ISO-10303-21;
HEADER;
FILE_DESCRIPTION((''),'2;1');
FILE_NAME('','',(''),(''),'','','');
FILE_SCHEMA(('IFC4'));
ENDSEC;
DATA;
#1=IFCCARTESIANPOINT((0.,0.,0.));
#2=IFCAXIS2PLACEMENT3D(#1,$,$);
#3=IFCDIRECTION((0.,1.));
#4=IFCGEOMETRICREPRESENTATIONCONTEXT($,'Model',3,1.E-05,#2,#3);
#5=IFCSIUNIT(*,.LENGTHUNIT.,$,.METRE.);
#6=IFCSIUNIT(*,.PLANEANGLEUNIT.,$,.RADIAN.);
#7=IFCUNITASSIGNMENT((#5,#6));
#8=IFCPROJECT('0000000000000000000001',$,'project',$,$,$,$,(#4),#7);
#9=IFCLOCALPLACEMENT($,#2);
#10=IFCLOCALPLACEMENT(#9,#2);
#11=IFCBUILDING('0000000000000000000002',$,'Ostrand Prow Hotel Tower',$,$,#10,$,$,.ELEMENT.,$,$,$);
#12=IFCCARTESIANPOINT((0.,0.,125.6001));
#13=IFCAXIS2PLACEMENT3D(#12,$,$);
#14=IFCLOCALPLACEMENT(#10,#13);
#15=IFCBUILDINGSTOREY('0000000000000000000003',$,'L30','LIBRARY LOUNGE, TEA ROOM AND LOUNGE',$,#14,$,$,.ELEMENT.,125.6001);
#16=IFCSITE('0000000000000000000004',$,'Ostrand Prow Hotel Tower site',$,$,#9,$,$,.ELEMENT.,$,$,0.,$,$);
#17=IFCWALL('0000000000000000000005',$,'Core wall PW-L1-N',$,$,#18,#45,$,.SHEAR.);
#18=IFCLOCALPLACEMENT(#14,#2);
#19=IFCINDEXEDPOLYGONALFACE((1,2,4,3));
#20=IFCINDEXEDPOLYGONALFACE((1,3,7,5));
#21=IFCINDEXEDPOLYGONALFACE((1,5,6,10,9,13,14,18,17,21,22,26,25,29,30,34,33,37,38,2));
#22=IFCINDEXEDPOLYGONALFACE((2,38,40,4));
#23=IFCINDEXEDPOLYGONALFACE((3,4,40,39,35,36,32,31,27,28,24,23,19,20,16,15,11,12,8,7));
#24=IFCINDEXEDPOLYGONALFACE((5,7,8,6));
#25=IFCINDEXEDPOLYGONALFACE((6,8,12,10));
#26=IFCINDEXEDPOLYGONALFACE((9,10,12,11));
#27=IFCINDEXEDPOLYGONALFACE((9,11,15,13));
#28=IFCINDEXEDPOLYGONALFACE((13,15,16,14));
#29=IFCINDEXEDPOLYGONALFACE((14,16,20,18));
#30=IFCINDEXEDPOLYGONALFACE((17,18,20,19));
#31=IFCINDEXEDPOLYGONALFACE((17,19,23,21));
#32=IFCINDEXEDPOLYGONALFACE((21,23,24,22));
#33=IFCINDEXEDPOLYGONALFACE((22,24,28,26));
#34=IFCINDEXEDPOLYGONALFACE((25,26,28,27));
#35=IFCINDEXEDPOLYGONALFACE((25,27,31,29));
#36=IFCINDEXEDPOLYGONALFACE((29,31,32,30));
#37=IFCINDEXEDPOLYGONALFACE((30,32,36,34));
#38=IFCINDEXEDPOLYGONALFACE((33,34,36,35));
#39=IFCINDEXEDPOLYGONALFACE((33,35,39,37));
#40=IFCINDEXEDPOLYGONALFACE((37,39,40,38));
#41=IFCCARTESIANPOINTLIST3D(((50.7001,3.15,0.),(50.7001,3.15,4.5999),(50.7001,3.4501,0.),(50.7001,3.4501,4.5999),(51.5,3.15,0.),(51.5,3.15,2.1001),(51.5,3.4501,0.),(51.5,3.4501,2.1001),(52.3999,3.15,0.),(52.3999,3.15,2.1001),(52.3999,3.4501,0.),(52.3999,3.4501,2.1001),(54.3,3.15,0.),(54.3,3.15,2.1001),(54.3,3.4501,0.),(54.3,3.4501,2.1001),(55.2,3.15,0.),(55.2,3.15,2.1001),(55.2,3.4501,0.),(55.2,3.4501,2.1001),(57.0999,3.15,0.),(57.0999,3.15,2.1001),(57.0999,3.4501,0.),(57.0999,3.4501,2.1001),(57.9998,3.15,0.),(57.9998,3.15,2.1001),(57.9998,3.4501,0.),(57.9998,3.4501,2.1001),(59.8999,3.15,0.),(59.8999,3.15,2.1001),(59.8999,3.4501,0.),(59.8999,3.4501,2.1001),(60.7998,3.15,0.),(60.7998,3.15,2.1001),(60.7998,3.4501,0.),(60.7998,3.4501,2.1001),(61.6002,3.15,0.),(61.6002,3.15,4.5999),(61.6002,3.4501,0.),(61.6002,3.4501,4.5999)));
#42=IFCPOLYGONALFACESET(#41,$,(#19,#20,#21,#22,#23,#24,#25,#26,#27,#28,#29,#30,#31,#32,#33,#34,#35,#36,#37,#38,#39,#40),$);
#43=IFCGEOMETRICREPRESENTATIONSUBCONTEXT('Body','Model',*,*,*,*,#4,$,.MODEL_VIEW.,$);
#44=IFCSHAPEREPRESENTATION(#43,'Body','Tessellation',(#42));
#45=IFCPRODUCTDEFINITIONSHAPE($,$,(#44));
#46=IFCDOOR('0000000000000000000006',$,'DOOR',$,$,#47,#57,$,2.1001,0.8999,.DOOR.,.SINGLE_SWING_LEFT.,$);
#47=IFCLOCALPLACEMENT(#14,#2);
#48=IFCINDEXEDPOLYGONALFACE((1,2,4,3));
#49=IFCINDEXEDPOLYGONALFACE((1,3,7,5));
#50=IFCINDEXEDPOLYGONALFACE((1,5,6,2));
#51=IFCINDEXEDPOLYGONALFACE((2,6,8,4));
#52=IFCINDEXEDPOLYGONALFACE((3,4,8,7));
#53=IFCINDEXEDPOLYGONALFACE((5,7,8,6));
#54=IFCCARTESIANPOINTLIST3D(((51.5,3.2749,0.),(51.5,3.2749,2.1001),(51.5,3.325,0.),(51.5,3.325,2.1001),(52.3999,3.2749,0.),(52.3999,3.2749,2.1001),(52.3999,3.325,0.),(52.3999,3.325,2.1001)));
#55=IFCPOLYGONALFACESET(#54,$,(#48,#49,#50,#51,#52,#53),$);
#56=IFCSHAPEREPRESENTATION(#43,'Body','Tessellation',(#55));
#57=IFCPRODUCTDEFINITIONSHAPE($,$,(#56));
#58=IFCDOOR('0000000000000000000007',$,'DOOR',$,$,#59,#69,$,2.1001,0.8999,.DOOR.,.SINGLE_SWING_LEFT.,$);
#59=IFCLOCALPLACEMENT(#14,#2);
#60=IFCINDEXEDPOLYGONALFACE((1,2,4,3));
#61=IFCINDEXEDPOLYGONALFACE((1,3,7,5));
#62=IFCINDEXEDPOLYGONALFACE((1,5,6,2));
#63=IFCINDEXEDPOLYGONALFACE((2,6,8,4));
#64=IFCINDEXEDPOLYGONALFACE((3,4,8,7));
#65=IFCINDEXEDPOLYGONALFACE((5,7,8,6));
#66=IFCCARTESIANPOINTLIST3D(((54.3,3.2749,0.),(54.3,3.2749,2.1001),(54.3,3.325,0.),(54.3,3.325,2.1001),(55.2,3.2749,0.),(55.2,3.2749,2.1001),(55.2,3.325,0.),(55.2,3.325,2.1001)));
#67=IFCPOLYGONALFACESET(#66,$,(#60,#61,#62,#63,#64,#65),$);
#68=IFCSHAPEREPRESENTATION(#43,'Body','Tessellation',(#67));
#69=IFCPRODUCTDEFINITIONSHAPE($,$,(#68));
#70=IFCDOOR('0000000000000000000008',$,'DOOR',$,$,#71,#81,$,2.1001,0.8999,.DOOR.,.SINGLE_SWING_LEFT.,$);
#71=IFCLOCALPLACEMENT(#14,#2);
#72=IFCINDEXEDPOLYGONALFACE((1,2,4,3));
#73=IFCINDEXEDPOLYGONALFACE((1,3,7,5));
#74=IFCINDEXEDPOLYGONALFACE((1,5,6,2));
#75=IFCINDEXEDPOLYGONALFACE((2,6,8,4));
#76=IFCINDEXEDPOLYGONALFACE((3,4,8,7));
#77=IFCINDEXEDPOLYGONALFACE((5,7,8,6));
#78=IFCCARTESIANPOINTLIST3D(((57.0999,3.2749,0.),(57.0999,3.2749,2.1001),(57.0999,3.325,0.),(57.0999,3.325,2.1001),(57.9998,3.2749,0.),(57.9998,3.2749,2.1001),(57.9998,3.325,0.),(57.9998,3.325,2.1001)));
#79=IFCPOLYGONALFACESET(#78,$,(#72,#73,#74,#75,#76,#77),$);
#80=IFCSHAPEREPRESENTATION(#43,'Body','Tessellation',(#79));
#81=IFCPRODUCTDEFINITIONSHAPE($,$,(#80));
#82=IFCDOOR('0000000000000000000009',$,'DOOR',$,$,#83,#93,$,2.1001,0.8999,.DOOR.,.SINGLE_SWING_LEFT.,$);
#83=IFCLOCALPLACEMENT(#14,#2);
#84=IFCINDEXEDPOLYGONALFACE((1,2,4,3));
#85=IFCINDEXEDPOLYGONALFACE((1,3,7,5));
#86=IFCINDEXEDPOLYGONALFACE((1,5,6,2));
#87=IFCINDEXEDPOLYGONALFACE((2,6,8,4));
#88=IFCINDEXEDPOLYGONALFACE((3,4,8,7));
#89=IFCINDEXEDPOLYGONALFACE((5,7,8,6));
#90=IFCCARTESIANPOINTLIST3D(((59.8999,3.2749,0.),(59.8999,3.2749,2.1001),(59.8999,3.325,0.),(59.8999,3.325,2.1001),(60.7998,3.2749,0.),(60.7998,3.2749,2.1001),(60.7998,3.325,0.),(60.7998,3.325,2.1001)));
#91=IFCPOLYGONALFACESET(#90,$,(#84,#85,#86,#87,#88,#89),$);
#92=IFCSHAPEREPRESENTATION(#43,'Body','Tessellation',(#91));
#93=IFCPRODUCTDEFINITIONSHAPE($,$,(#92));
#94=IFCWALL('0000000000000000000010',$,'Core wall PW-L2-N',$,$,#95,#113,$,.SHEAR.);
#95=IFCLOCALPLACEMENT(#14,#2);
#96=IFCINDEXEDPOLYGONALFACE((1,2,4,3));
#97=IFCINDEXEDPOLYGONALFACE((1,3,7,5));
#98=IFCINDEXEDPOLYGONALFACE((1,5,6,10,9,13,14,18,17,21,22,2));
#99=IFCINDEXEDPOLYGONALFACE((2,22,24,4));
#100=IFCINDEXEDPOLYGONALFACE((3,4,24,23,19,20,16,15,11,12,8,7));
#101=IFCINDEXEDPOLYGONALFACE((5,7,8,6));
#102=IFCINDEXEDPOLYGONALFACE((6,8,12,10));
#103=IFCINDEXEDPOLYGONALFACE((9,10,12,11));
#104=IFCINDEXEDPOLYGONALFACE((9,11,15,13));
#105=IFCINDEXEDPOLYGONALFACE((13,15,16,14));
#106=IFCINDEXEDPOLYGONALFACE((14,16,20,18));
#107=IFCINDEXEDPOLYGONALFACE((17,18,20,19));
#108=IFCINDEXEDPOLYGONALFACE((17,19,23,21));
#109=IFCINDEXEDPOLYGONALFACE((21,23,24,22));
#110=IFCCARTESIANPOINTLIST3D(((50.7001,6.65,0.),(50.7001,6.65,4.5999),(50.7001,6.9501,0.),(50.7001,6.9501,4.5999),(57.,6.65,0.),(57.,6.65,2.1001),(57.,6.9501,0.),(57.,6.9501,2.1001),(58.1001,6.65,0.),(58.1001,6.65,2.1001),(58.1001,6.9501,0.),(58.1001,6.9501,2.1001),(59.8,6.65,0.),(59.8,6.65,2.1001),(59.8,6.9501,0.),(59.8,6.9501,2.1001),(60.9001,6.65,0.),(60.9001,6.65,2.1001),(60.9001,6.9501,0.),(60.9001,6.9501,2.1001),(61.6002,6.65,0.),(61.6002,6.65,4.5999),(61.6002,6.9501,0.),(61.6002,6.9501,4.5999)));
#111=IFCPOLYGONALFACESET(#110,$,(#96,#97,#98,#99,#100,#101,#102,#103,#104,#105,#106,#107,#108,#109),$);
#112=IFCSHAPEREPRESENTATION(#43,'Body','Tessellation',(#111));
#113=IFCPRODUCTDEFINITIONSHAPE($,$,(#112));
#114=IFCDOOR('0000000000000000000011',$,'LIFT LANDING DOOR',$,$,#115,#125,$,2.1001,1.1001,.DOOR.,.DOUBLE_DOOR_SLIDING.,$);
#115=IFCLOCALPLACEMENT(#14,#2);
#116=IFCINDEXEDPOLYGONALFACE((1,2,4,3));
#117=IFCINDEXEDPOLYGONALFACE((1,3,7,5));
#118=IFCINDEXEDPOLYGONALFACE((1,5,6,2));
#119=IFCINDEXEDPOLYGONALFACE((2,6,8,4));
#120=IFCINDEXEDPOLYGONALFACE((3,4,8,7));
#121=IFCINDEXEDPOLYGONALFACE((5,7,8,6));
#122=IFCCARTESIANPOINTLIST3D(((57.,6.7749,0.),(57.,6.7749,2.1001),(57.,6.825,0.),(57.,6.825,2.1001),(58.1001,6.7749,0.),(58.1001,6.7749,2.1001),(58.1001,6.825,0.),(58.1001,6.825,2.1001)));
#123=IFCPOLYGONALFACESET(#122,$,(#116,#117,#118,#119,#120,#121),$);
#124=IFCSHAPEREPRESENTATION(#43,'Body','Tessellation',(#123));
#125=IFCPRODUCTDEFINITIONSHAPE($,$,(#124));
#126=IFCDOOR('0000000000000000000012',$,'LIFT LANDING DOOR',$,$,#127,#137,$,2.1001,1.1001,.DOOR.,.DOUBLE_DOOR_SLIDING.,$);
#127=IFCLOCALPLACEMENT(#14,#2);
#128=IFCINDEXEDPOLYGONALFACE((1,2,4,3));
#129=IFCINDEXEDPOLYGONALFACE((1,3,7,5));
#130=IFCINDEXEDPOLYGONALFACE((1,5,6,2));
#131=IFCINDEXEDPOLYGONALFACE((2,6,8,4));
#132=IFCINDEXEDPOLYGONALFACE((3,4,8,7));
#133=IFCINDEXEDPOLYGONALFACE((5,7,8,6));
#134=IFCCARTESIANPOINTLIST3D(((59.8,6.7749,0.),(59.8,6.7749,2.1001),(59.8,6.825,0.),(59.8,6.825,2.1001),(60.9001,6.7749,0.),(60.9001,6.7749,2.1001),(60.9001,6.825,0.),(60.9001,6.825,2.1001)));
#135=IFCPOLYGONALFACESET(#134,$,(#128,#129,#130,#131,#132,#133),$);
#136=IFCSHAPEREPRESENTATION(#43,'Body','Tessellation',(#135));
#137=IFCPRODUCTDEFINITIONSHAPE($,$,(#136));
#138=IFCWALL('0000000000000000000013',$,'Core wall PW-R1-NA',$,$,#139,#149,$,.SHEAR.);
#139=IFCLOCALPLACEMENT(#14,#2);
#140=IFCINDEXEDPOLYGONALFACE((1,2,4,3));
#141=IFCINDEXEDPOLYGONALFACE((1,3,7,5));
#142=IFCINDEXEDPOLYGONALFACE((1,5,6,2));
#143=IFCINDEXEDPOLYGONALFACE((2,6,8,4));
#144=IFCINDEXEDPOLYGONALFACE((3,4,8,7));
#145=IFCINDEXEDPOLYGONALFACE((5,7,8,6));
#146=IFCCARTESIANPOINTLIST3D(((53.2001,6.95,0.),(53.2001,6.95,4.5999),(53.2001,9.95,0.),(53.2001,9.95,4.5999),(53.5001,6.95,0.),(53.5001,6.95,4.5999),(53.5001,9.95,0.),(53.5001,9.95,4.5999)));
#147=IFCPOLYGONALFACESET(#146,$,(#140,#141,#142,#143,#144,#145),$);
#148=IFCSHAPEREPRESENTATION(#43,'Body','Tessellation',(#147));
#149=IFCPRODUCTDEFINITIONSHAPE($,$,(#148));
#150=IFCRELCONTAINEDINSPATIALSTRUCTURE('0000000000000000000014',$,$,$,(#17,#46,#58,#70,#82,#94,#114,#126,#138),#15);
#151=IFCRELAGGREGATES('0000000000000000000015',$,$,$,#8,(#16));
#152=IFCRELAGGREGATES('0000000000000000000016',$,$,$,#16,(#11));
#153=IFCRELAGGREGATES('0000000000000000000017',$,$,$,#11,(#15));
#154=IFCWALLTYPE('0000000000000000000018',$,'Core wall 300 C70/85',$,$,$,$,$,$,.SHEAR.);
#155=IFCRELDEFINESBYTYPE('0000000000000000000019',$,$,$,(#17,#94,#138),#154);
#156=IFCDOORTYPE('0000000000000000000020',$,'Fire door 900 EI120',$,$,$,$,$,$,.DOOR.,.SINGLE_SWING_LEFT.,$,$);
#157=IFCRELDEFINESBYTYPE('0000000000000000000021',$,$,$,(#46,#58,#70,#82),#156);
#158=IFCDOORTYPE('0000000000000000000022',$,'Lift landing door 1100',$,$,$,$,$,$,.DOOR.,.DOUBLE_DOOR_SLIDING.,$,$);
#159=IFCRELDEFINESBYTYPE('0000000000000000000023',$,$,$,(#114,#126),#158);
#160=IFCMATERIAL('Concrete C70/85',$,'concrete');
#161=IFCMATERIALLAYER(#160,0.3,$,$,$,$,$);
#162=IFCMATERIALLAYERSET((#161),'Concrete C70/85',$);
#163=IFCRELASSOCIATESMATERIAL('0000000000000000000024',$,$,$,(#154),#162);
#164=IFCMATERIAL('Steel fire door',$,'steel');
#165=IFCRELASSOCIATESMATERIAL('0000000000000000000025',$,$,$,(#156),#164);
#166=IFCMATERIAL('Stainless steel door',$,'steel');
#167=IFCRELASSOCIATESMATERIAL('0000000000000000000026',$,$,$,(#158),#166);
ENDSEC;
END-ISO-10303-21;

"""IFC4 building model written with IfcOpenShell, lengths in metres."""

from ifc_helpers import new_model, si_unit, direction, frame, frame_2d, origin, place, context, subcontext, project, spatial, rectangle, extrude, material, layer, layer_set, type_object, element, fill, save


model = new_model("IFC4")

# Units and contexts
model_context = context("Model", 3, precision=1e-05, world=origin(), true_north=direction((0.0, 1.0)))
body_context = subcontext(model_context, "Body", "Model", "MODEL_VIEW")
ifc_project = project(units=[si_unit("LENGTHUNIT", "METRE"), si_unit("PLANEANGLEUNIT", "RADIAN")], contexts=[model_context])

# Site, building, storey
site_placement = place(None, origin())
site = spatial("IfcSite", under=ifc_project, at=site_placement, Name="Ostrand Prow Hotel Tower site", CompositionType="ELEMENT", RefElevation=0.0)
building_placement = place(site_placement, origin())
building = spatial("IfcBuilding", under=site, at=building_placement, Name="Ostrand Prow Hotel Tower", CompositionType="ELEMENT")
storey_placement = place(building_placement, frame((0.0, 0.0, 125.6001)))
storey = spatial("IfcBuildingStorey", under=building, at=storey_placement, Name="L30", Description="LIBRARY LOUNGE, TEA ROOM AND LOUNGE", CompositionType="ELEMENT", Elevation=125.6001)

# Walls, openings, doors
ifc_material_1 = material(Name="Concrete C70/85", Category="concrete")
ifc_layer_1 = layer(ifc_material_1, 0.3)
ifc_layer_set_1 = layer_set([ifc_layer_1], Name="Concrete C70/85")
wall_type_1 = type_object("IfcWallType", Name="Core wall 300 C70/85", PredefinedType="SHEAR", material=ifc_layer_set_1)
wall_1_placement = place(storey_placement, frame((50.7, 3.3, 0.0), z_axis=(0.0, 0.0, 1.0), x_axis=(1.0, 0.0, 0.0)))
wall_1 = element("IfcWall", 1, at=wall_1_placement, inside=storey, type_object=wall_type_1, Name="Core wall PW-L1-N", PredefinedType="SHEAR", context=body_context, shape_type="SweptSolid", body=[
    extrude(rectangle(XDim=10.9001, YDim=0.3, at=frame_2d((5.4502, 0.0))), origin(), (0.0, 0.0, 1.0), 4.5999),
])
opening_1_placement = place(wall_1_placement, frame((0.8, 0.0, 0.0)))
opening_1 = element("IfcOpeningElement", 2, at=opening_1_placement, cuts=wall_1, PredefinedType="OPENING", context=body_context, shape_type="SweptSolid", body=[
    extrude(rectangle(XDim=0.8999, YDim=2.1001, at=frame_2d((0.45, 1.05))), frame((0.0, 0.1599, 0.0), z_axis=(0.0, -1.0, 0.0), x_axis=(1.0, 0.0, 0.0)), (0.0, 0.0, 1.0), 0.3201),
])
opening_2_placement = place(wall_1_placement, frame((3.6001, 0.0, 0.0)))
opening_2 = element("IfcOpeningElement", 3, at=opening_2_placement, cuts=wall_1, PredefinedType="OPENING", context=body_context, shape_type="SweptSolid", body=[
    extrude(rectangle(XDim=0.8999, YDim=2.1001, at=frame_2d((0.45, 1.05))), frame((0.0, 0.1599, 0.0), z_axis=(0.0, -1.0, 0.0), x_axis=(1.0, 0.0, 0.0)), (0.0, 0.0, 1.0), 0.3201),
])
opening_3_placement = place(wall_1_placement, frame((6.3999, 0.0, 0.0)))
opening_3 = element("IfcOpeningElement", 4, at=opening_3_placement, cuts=wall_1, PredefinedType="OPENING", context=body_context, shape_type="SweptSolid", body=[
    extrude(rectangle(XDim=0.8999, YDim=2.1001, at=frame_2d((0.45, 1.05))), frame((0.0, 0.1599, 0.0), z_axis=(0.0, -1.0, 0.0), x_axis=(1.0, 0.0, 0.0)), (0.0, 0.0, 1.0), 0.3201),
])
opening_4_placement = place(wall_1_placement, frame((9.2, 0.0, 0.0)))
opening_4 = element("IfcOpeningElement", 5, at=opening_4_placement, cuts=wall_1, PredefinedType="OPENING", context=body_context, shape_type="SweptSolid", body=[
    extrude(rectangle(XDim=0.8999, YDim=2.1001, at=frame_2d((0.45, 1.05))), frame((0.0, 0.1599, 0.0), z_axis=(0.0, -1.0, 0.0), x_axis=(1.0, 0.0, 0.0)), (0.0, 0.0, 1.0), 0.3201),
])
ifc_material_2 = material(Name="Steel fire door", Category="steel")
door_type_1 = type_object("IfcDoorType", Name="Fire door 900 EI120", OperationType="SINGLE_SWING_LEFT", PredefinedType="DOOR", material=ifc_material_2)
door_1_placement = place(opening_1_placement, origin())
door_1 = element("IfcDoor", 6, at=door_1_placement, inside=storey, type_object=door_type_1, Name="DOOR", OperationType="SINGLE_SWING_LEFT", OverallHeight=2.1001, OverallWidth=0.8999, PredefinedType="DOOR", context=body_context, shape_type="SweptSolid", body=[
    extrude(rectangle(XDim=0.8999, YDim=2.1001, at=frame_2d((0.45, 1.05))), frame((0.0, 0.0249, 0.0), z_axis=(0.0, -1.0, 0.0), x_axis=(1.0, 0.0, 0.0)), (0.0, 0.0, 1.0), 0.05),
])
fill(opening_1, door_1)
door_2_placement = place(opening_2_placement, origin())
door_2 = element("IfcDoor", 7, at=door_2_placement, inside=storey, type_object=door_type_1, Name="DOOR", OperationType="SINGLE_SWING_LEFT", OverallHeight=2.1001, OverallWidth=0.8999, PredefinedType="DOOR", context=body_context, shape_type="SweptSolid", body=[
    extrude(rectangle(XDim=0.8999, YDim=2.1001, at=frame_2d((0.45, 1.05))), frame((0.0, 0.0249, 0.0), z_axis=(0.0, -1.0, 0.0), x_axis=(1.0, 0.0, 0.0)), (0.0, 0.0, 1.0), 0.05),
])
fill(opening_2, door_2)
door_3_placement = place(opening_3_placement, origin())
door_3 = element("IfcDoor", 8, at=door_3_placement, inside=storey, type_object=door_type_1, Name="DOOR", OperationType="SINGLE_SWING_LEFT", OverallHeight=2.1001, OverallWidth=0.8999, PredefinedType="DOOR", context=body_context, shape_type="SweptSolid", body=[
    extrude(rectangle(XDim=0.8999, YDim=2.1001, at=frame_2d((0.45, 1.05))), frame((0.0, 0.0249, 0.0), z_axis=(0.0, -1.0, 0.0), x_axis=(1.0, 0.0, 0.0)), (0.0, 0.0, 1.0), 0.05),
])
fill(opening_3, door_3)
door_4_placement = place(opening_4_placement, origin())
door_4 = element("IfcDoor", 9, at=door_4_placement, inside=storey, type_object=door_type_1, Name="DOOR", OperationType="SINGLE_SWING_LEFT", OverallHeight=2.1001, OverallWidth=0.8999, PredefinedType="DOOR", context=body_context, shape_type="SweptSolid", body=[
    extrude(rectangle(XDim=0.8999, YDim=2.1001, at=frame_2d((0.45, 1.05))), frame((0.0, 0.0249, 0.0), z_axis=(0.0, -1.0, 0.0), x_axis=(1.0, 0.0, 0.0)), (0.0, 0.0, 1.0), 0.05),
])
fill(opening_4, door_4)
wall_2_placement = place(storey_placement, frame((50.7, 6.8, 0.0), z_axis=(0.0, 0.0, 1.0), x_axis=(1.0, 0.0, 0.0)))
wall_2 = element("IfcWall", 10, at=wall_2_placement, inside=storey, type_object=wall_type_1, Name="Core wall PW-L2-N", PredefinedType="SHEAR", context=body_context, shape_type="SweptSolid", body=[
    extrude(rectangle(XDim=10.9001, YDim=0.3, at=frame_2d((5.4502, 0.0))), origin(), (0.0, 0.0, 1.0), 4.5999),
])
opening_5_placement = place(wall_2_placement, frame((6.3, 0.0, 0.0)))
opening_5 = element("IfcOpeningElement", 11, at=opening_5_placement, cuts=wall_2, PredefinedType="OPENING", context=body_context, shape_type="SweptSolid", body=[
    extrude(rectangle(XDim=1.1001, YDim=2.1001, at=frame_2d((0.55, 1.05))), frame((0.0, 0.1599, 0.0), z_axis=(0.0, -1.0, 0.0), x_axis=(1.0, 0.0, 0.0)), (0.0, 0.0, 1.0), 0.3201),
])
opening_6_placement = place(wall_2_placement, frame((9.1001, 0.0, 0.0)))
opening_6 = element("IfcOpeningElement", 12, at=opening_6_placement, cuts=wall_2, PredefinedType="OPENING", context=body_context, shape_type="SweptSolid", body=[
    extrude(rectangle(XDim=1.1001, YDim=2.1001, at=frame_2d((0.55, 1.05))), frame((0.0, 0.1599, 0.0), z_axis=(0.0, -1.0, 0.0), x_axis=(1.0, 0.0, 0.0)), (0.0, 0.0, 1.0), 0.3201),
])
ifc_material_3 = material(Name="Stainless steel door", Category="steel")
door_type_2 = type_object("IfcDoorType", Name="Lift landing door 1100", OperationType="DOUBLE_DOOR_SLIDING", PredefinedType="DOOR", material=ifc_material_3)
door_5_placement = place(opening_5_placement, origin())
door_5 = element("IfcDoor", 13, at=door_5_placement, inside=storey, type_object=door_type_2, Name="LIFT LANDING DOOR", OperationType="DOUBLE_DOOR_SLIDING", OverallHeight=2.1001, OverallWidth=1.1001, PredefinedType="DOOR", context=body_context, shape_type="SweptSolid", body=[
    extrude(rectangle(XDim=1.1001, YDim=2.1001, at=frame_2d((0.55, 1.05))), frame((0.0, 0.0249, 0.0), z_axis=(0.0, -1.0, 0.0), x_axis=(1.0, 0.0, 0.0)), (0.0, 0.0, 1.0), 0.05),
])
fill(opening_5, door_5)
door_6_placement = place(opening_6_placement, origin())
door_6 = element("IfcDoor", 14, at=door_6_placement, inside=storey, type_object=door_type_2, Name="LIFT LANDING DOOR", OperationType="DOUBLE_DOOR_SLIDING", OverallHeight=2.1001, OverallWidth=1.1001, PredefinedType="DOOR", context=body_context, shape_type="SweptSolid", body=[
    extrude(rectangle(XDim=1.1001, YDim=2.1001, at=frame_2d((0.55, 1.05))), frame((0.0, 0.0249, 0.0), z_axis=(0.0, -1.0, 0.0), x_axis=(1.0, 0.0, 0.0)), (0.0, 0.0, 1.0), 0.05),
])
fill(opening_6, door_6)

# Wall
wall_3_placement = place(storey_placement, frame((53.3501, 6.95, 0.0), z_axis=(0.0, 0.0, 1.0), x_axis=(0.0, 1.0, 0.0)))
element("IfcWall", 15, at=wall_3_placement, inside=storey, type_object=wall_type_1, Name="Core wall PW-R1-NA", PredefinedType="SHEAR", context=body_context, shape_type="SweptSolid", body=[
    extrude(rectangle(XDim=3.0, YDim=0.3, at=frame_2d((1.5, 0.0))), origin(), (0.0, 0.0, 1.0), 4.5999),
])

save(model, "model.ifc")
